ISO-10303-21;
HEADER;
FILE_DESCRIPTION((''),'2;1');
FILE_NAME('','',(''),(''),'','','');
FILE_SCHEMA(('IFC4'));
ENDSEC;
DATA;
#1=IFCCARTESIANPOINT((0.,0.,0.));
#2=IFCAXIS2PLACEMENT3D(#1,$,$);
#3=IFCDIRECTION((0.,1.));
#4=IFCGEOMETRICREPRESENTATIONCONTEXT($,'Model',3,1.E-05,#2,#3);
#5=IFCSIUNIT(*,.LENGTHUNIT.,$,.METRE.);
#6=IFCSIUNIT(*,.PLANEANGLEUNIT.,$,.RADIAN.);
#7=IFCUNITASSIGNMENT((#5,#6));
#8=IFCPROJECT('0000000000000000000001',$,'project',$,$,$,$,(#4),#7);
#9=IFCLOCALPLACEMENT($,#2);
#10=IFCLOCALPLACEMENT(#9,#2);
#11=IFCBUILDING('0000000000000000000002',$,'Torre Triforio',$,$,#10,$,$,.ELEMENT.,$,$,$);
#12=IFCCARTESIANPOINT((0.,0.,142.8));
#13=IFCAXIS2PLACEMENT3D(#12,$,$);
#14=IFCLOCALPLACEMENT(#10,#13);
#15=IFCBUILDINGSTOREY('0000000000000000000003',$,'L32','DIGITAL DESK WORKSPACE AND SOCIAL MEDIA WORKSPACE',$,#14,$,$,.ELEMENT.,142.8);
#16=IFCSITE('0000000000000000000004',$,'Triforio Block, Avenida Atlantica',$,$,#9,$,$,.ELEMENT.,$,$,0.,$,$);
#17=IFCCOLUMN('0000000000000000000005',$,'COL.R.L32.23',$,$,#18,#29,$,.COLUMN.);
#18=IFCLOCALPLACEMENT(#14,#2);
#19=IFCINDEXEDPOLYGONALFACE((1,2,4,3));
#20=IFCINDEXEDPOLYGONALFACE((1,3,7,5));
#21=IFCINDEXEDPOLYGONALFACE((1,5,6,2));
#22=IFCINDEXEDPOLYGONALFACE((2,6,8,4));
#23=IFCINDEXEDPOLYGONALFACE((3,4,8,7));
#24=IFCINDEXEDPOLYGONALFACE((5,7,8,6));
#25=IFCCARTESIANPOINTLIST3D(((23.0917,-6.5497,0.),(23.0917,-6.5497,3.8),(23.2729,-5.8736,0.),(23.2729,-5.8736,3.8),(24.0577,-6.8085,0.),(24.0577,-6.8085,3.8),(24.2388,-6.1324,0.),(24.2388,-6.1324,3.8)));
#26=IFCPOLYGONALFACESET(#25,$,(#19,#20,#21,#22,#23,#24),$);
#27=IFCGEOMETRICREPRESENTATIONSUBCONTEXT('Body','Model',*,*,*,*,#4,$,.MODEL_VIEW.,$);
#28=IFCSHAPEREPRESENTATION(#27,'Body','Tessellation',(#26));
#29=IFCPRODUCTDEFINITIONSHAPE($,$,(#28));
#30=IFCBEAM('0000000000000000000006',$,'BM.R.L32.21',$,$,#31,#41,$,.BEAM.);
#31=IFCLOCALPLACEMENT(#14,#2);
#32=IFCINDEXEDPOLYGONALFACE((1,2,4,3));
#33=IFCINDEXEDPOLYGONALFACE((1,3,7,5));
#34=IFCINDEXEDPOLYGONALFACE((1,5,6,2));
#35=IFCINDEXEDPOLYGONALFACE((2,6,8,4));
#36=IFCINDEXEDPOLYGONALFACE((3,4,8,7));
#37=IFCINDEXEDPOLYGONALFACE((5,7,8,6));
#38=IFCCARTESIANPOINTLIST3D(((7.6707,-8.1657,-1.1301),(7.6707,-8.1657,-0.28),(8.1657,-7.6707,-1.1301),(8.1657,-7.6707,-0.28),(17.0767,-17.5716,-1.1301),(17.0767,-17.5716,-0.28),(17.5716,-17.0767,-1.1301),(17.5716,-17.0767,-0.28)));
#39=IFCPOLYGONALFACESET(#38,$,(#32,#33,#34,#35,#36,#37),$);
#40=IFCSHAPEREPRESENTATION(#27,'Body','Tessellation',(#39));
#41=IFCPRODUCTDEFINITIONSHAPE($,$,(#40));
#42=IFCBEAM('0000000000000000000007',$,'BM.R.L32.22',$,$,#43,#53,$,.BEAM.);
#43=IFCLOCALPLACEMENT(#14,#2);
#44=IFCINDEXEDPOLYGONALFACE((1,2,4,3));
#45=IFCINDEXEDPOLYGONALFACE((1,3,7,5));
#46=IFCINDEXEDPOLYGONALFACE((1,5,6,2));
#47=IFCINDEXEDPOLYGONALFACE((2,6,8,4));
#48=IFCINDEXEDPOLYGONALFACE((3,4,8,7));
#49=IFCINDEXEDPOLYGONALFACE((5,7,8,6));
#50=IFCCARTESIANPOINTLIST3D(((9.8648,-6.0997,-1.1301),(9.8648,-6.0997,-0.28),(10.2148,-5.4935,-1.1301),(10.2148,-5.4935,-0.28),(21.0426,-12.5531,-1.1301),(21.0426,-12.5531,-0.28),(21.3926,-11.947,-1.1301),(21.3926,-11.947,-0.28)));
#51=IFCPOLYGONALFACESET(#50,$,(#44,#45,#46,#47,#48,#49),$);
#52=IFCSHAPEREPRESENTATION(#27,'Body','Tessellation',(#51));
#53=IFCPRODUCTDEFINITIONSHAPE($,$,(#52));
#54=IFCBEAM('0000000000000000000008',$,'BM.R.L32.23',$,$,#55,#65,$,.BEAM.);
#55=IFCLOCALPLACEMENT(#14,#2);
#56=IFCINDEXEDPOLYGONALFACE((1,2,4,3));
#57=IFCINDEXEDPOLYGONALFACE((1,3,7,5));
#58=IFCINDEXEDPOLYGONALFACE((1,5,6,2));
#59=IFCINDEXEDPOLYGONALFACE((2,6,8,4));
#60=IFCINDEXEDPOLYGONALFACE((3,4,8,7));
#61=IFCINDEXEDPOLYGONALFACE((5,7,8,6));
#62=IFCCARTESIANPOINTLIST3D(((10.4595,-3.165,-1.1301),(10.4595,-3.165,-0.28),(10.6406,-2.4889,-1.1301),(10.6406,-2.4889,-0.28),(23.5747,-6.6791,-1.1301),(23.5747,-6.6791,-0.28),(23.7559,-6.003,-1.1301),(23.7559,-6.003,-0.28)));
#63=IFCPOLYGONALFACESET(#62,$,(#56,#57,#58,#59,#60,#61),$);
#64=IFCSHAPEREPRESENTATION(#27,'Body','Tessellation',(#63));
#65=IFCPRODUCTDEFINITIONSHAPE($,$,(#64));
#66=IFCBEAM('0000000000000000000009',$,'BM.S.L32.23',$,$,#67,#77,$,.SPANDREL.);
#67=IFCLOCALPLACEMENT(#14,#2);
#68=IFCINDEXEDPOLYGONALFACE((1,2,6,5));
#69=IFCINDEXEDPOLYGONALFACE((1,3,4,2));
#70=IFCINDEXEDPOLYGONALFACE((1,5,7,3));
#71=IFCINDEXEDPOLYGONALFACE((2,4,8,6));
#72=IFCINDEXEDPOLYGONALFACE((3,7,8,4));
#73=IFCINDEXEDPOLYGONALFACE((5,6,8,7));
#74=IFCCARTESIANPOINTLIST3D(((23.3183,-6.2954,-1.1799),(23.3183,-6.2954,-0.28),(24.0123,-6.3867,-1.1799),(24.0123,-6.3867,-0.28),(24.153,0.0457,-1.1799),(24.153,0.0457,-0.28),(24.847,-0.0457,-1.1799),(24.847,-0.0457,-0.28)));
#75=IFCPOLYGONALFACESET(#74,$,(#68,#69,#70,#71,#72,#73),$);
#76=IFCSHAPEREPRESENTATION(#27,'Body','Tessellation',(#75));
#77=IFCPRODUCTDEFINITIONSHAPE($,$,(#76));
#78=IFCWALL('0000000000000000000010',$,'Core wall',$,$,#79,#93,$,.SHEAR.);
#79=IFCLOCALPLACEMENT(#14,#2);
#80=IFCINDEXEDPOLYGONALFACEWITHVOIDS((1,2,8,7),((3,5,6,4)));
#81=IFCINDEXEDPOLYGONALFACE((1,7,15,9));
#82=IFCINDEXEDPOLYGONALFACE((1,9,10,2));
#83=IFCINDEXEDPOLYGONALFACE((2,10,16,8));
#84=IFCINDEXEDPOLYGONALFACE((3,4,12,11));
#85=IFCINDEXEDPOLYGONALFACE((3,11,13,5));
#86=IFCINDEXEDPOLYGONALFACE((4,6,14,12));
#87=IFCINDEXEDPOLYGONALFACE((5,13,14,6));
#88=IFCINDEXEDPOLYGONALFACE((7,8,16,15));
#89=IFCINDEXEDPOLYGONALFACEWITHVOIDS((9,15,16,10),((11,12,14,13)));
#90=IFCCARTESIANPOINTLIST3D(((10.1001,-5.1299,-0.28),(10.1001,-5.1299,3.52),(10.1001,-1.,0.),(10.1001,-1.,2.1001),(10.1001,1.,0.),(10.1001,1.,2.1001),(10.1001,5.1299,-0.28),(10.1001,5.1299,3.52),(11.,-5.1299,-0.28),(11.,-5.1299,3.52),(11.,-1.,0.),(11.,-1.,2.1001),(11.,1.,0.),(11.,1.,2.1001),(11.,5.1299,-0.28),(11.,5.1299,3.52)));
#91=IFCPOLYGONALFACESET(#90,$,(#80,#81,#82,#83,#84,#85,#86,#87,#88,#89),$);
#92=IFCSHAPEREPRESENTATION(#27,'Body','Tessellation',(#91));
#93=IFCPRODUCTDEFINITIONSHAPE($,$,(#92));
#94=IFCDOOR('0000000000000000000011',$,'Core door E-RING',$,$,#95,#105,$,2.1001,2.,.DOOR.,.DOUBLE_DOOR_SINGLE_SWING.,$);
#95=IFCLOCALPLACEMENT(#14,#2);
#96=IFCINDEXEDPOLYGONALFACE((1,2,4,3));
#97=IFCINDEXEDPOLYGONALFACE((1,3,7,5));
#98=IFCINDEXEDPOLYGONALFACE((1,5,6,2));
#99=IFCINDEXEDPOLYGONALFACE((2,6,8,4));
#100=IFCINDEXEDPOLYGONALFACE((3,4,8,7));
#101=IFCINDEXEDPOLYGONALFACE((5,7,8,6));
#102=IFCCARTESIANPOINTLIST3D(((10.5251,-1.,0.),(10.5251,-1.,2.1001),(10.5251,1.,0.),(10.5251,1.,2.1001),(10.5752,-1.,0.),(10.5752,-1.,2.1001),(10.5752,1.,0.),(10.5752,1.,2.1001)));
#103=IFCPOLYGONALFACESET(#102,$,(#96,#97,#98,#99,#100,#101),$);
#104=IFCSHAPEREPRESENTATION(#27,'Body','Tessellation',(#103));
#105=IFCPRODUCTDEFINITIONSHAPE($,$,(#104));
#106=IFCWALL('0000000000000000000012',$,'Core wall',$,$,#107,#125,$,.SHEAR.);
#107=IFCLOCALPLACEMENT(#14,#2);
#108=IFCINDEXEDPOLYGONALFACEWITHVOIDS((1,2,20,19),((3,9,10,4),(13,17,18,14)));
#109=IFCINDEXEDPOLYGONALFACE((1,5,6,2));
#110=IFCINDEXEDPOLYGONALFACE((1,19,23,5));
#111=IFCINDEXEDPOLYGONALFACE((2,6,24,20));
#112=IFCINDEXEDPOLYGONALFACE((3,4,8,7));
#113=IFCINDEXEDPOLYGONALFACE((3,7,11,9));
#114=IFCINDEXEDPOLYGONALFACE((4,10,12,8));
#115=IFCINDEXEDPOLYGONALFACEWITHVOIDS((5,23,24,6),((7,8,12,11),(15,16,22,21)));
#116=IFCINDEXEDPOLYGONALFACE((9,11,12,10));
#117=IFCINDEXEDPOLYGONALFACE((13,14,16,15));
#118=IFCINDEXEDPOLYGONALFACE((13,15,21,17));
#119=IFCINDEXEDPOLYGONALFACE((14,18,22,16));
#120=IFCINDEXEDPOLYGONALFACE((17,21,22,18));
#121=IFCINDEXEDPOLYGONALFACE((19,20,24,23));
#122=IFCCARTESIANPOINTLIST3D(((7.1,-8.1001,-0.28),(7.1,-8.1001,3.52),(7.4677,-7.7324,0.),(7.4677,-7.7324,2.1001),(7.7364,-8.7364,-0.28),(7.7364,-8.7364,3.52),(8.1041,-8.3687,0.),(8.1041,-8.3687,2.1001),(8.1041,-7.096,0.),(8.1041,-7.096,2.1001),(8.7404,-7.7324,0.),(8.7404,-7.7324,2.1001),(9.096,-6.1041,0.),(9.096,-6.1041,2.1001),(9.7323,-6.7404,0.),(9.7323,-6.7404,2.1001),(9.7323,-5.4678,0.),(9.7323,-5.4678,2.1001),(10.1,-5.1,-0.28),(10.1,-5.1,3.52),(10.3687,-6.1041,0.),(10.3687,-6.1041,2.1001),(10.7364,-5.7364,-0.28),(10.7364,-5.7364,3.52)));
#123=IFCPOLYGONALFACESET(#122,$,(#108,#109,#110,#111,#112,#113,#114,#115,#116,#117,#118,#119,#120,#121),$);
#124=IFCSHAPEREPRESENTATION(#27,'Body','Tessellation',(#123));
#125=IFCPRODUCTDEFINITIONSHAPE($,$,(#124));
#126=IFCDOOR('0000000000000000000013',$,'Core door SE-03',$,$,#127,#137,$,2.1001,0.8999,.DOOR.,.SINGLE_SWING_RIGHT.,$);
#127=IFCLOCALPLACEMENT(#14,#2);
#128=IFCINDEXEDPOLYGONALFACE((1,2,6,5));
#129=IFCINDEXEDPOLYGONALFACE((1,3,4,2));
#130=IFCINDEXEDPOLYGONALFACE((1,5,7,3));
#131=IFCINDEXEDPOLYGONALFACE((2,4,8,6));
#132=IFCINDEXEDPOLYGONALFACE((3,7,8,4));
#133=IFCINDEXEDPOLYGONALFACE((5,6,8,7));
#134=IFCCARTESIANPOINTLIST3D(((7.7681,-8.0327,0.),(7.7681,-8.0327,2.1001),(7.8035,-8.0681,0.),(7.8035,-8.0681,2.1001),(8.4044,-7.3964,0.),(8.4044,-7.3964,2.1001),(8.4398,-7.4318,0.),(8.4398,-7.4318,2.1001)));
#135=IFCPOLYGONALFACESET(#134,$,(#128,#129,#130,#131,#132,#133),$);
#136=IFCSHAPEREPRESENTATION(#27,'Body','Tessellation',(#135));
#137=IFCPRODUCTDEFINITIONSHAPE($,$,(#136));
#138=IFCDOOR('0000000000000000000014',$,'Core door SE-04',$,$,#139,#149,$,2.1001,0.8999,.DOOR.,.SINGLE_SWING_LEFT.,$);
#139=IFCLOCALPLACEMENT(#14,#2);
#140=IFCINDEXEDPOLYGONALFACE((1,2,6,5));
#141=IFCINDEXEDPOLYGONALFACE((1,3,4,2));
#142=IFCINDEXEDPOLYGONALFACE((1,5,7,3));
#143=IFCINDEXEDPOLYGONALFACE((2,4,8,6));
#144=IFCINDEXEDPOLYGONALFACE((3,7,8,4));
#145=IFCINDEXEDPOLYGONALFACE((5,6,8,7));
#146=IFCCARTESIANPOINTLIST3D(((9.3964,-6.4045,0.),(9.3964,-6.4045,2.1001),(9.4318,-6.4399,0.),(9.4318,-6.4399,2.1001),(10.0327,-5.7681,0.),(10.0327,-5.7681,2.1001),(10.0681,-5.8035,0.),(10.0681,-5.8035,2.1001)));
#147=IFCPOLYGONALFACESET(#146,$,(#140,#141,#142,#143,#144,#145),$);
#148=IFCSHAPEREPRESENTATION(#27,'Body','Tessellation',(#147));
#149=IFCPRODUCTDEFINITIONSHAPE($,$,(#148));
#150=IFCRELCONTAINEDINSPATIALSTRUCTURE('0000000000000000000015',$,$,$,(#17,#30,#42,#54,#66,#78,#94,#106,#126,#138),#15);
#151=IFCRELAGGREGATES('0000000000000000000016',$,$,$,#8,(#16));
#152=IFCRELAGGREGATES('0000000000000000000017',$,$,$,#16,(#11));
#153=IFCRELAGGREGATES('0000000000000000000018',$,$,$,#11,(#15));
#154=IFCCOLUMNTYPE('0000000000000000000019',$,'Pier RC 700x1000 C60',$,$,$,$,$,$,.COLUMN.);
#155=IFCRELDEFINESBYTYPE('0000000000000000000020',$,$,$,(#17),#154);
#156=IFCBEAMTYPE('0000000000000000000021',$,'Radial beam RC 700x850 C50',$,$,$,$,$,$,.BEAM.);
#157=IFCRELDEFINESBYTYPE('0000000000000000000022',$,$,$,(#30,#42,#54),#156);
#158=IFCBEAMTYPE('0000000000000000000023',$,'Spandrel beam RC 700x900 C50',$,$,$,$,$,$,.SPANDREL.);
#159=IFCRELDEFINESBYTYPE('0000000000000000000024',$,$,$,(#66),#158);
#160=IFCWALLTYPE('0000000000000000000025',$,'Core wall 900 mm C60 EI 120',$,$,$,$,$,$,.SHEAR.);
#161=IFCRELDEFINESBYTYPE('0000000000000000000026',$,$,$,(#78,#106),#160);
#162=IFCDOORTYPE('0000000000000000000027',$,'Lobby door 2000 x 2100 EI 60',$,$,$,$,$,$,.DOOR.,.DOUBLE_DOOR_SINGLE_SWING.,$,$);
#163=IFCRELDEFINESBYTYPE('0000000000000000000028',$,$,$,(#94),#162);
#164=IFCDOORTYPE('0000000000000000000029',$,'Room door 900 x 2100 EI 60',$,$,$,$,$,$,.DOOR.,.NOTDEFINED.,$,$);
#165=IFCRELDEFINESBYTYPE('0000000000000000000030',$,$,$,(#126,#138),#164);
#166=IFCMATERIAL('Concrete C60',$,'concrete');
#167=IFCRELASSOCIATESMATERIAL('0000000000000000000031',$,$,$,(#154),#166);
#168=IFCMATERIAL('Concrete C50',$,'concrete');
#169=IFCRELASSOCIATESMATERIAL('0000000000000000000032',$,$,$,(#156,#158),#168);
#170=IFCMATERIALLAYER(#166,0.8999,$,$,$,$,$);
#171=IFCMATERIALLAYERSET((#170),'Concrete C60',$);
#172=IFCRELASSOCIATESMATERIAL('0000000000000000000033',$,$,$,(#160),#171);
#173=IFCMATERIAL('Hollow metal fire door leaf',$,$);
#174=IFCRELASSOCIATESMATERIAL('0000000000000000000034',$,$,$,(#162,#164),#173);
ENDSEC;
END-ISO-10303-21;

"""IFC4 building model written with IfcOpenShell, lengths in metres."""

from ifc_helpers import new_model, si_unit, direction, frame, frame_2d, origin, origin_2d, place, context, subcontext, project, spatial, rectangle, extrude, material, layer, layer_set, material_profile, profile_set, type_object, element, fill, save


model = new_model("IFC4")

# Units and contexts
model_context = context("Model", 3, precision=1e-05, world=origin(), true_north=direction((0.0, 1.0)))
body_context = subcontext(model_context, "Body", "Model", "MODEL_VIEW")
ifc_project = project(units=[si_unit("LENGTHUNIT", "METRE"), si_unit("PLANEANGLEUNIT", "RADIAN")], contexts=[model_context])

# Site, building, storey
site_placement = place(None, origin())
site = spatial("IfcSite", under=ifc_project, at=site_placement, Name="Triforio Block, Avenida Atlantica", CompositionType="ELEMENT", RefElevation=0.0)
building_placement = place(site_placement, origin())
building = spatial("IfcBuilding", under=site, at=building_placement, Name="Torre Triforio", CompositionType="ELEMENT")
storey_placement = place(building_placement, frame((0.0, 0.0, 142.8)))
storey = spatial("IfcBuildingStorey", under=building, at=storey_placement, Name="L32", Description="DIGITAL DESK WORKSPACE AND SOCIAL MEDIA WORKSPACE", CompositionType="ELEMENT", Elevation=142.8)

# Column
ifc_material_1 = material(Name="Concrete C60", Category="concrete")
ifc_material_profile_1 = material_profile(ifc_material_1, rectangle(XDim=0.7, YDim=1.0, at=origin_2d()), Name="RC 700x1000")
ifc_profile_set_1 = profile_set([ifc_material_profile_1], Name="Concrete C60")
column_type = type_object("IfcColumnType", Name="Pier RC 700x1000 C60", PredefinedType="COLUMN", material=ifc_profile_set_1)
column_placement = place(storey_placement, frame((23.6653, -6.3411, 0.0), z_axis=(0.0, 0.0, 1.0), x_axis=(0.258819, 0.965926, 0.0)))
element("IfcColumn", 1, at=column_placement, inside=storey, type_object=column_type, Name="COL.R.L32.23", PredefinedType="COLUMN", context=body_context, shape_type="SweptSolid", body=[
    extrude(rectangle(XDim=0.7, YDim=1.0, at=origin_2d()), origin(), (0.0, 0.0, 1.0), 3.8),
])

# Beams
ifc_material_2 = material(Name="Concrete C50", Category="concrete")
ifc_material_profile_2 = material_profile(ifc_material_2, rectangle(XDim=0.7, YDim=0.8501, at=origin_2d()), Name="RC 700x850")
ifc_profile_set_2 = profile_set([ifc_material_profile_2], Name="Concrete C50")
beam_type_1 = type_object("IfcBeamType", Name="Radial beam RC 700x850 C50", PredefinedType="BEAM", material=ifc_profile_set_2)
beam_1_placement = place(storey_placement, frame((7.9182, -7.9182, -0.7051), z_axis=(0.707107, -0.707107, 0.0), x_axis=(0.707107, 0.707107, 0.0)))
element("IfcBeam", 2, at=beam_1_placement, inside=storey, type_object=beam_type_1, Name="BM.R.L32.21", PredefinedType="BEAM", context=body_context, shape_type="SweptSolid", body=[
    extrude(rectangle(XDim=0.7, YDim=0.8501, at=origin_2d()), origin(), (0.0, 0.0, 1.0), 13.302),
])
beam_2_placement = place(storey_placement, frame((10.0398, -5.7966, -0.7051), z_axis=(0.866029, -0.499994, 0.0), x_axis=(0.499994, 0.866029, 0.0)))
element("IfcBeam", 3, at=beam_2_placement, inside=storey, type_object=beam_type_1, Name="BM.R.L32.22", PredefinedType="BEAM", context=body_context, shape_type="SweptSolid", body=[
    extrude(rectangle(XDim=0.7, YDim=0.8501, at=origin_2d()), origin(), (0.0, 0.0, 1.0), 12.907),
])
beam_3_placement = place(storey_placement, frame((10.55, -2.8269, -0.7051), z_axis=(0.965927, -0.258815, 0.0), x_axis=(0.258815, 0.965927, 0.0)))
element("IfcBeam", 4, at=beam_3_placement, inside=storey, type_object=beam_type_1, Name="BM.R.L32.23", PredefinedType="BEAM", context=body_context, shape_type="SweptSolid", body=[
    extrude(rectangle(XDim=0.7, YDim=0.8501, at=origin_2d()), origin(), (0.0, 0.0, 1.0), 13.5779),
])
ifc_material_profile_3 = material_profile(ifc_material_2, rectangle(XDim=0.7, YDim=0.8999, at=origin_2d()), Name="RC 700x900")
ifc_profile_set_3 = profile_set([ifc_material_profile_3], Name="Concrete C50")
beam_type_2 = type_object("IfcBeamType", Name="Spandrel beam RC 700x900 C50", PredefinedType="SPANDREL", material=ifc_profile_set_3)
beam_4_placement = place(storey_placement, frame((23.6653, -6.3411, -0.73), z_axis=(0.130511, 0.991447, 0.0), x_axis=(-0.991447, 0.130511, 0.0)))
element("IfcBeam", 5, at=beam_4_placement, inside=storey, type_object=beam_type_2, Name="BM.S.L32.23", PredefinedType="SPANDREL", context=body_context, shape_type="SweptSolid", body=[
    extrude(rectangle(XDim=0.7, YDim=0.8999, at=origin_2d()), origin(), (0.0, 0.0, 1.0), 6.3958),
])

# Wall, opening, door
ifc_layer_1 = layer(ifc_material_1, 0.8999)
ifc_layer_set_1 = layer_set([ifc_layer_1], Name="Concrete C60")
wall_type_1 = type_object("IfcWallType", Name="Core wall 900 mm C60 EI 120", PredefinedType="SHEAR", material=ifc_layer_set_1)
wall_1_placement = place(storey_placement, frame((10.55, -5.1299, -0.28), z_axis=(0.0, 0.0, 1.0), x_axis=(0.0, 1.0, 0.0)))
wall_1 = element("IfcWall", 6, at=wall_1_placement, inside=storey, type_object=wall_type_1, Name="Core wall", PredefinedType="SHEAR", context=body_context, shape_type="SweptSolid", body=[
    extrude(rectangle(XDim=10.2598, YDim=0.8999, at=frame_2d((5.1299, 0.0))), origin(), (0.0, 0.0, 1.0), 3.8),
])
opening_1_placement = place(wall_1_placement, frame((4.1299, 0.0, 0.28)))
opening_1 = element("IfcOpeningElement", 7, at=opening_1_placement, cuts=wall_1, PredefinedType="OPENING", context=body_context, shape_type="SweptSolid", body=[
    extrude(rectangle(XDim=2.0, YDim=2.1001, at=frame_2d((1.0, 1.05))), frame((0.0, 0.46, 0.0), z_axis=(0.0, -1.0, 0.0), x_axis=(1.0, 0.0, 0.0)), (0.0, 0.0, 1.0), 0.9199),
])
ifc_material_3 = material(Name="Hollow metal fire door leaf")
door_type_1 = type_object("IfcDoorType", Name="Lobby door 2000 x 2100 EI 60", OperationType="DOUBLE_DOOR_SINGLE_SWING", PredefinedType="DOOR", material=ifc_material_3)
door_1_placement = place(opening_1_placement, origin())
door_1 = element("IfcDoor", 8, at=door_1_placement, inside=storey, type_object=door_type_1, Name="Core door E-RING", OperationType="DOUBLE_DOOR_SINGLE_SWING", OverallHeight=2.1001, OverallWidth=2.0, PredefinedType="DOOR", context=body_context, shape_type="SweptSolid", body=[
    extrude(rectangle(XDim=2.0, YDim=2.1001, at=frame_2d((1.0, 1.05))), frame((0.0, 0.0249, 0.0), z_axis=(0.0, -1.0, 0.0), x_axis=(1.0, 0.0, 0.0)), (0.0, 0.0, 1.0), 0.05),
])
fill(opening_1, door_1)

# Wall, openings, doors
wall_2_placement = place(storey_placement, frame((10.4182, -5.4182, -0.28), z_axis=(0.0, 0.0, 1.0), x_axis=(-0.707107, -0.707107, 0.0)))
wall_2 = element("IfcWall", 9, at=wall_2_placement, inside=storey, type_object=wall_type_1, Name="Core wall", PredefinedType="SHEAR", context=body_context, shape_type="SweptSolid", body=[
    extrude(rectangle(XDim=4.2427, YDim=0.8999, at=frame_2d((2.1213, 0.0))), origin(), (0.0, 0.0, 1.0), 3.8),
])
opening_2_placement = place(wall_2_placement, frame((2.8228, 0.0, 0.28)))
opening_2 = element("IfcOpeningElement", 10, at=opening_2_placement, cuts=wall_2, PredefinedType="OPENING", context=body_context, shape_type="SweptSolid", body=[
    extrude(rectangle(XDim=0.8999, YDim=2.1001, at=frame_2d((0.45, 1.05))), frame((0.0, 0.46, 0.0), z_axis=(0.0, -1.0, 0.0), x_axis=(1.0, 0.0, 0.0)), (0.0, 0.0, 1.0), 0.9199),
])
opening_3_placement = place(wall_2_placement, frame((0.52, 0.0, 0.28)))
opening_3 = element("IfcOpeningElement", 11, at=opening_3_placement, cuts=wall_2, PredefinedType="OPENING", context=body_context, shape_type="SweptSolid", body=[
    extrude(rectangle(XDim=0.8999, YDim=2.1001, at=frame_2d((0.45, 1.05))), frame((0.0, 0.46, 0.0), z_axis=(0.0, -1.0, 0.0), x_axis=(1.0, 0.0, 0.0)), (0.0, 0.0, 1.0), 0.9199),
])
door_type_2 = type_object("IfcDoorType", Name="Room door 900 x 2100 EI 60", OperationType="NOTDEFINED", PredefinedType="DOOR", material=ifc_material_3)
door_2_placement = place(opening_2_placement, origin())
door_2 = element("IfcDoor", 12, at=door_2_placement, inside=storey, type_object=door_type_2, Name="Core door SE-03", OperationType="SINGLE_SWING_RIGHT", OverallHeight=2.1001, OverallWidth=0.8999, PredefinedType="DOOR", context=body_context, shape_type="SweptSolid", body=[
    extrude(rectangle(XDim=0.8999, YDim=2.1001, at=frame_2d((0.45, 1.05))), frame((0.0, 0.0249, 0.0), z_axis=(0.0, -1.0, 0.0), x_axis=(1.0, 0.0, 0.0)), (0.0, 0.0, 1.0), 0.05),
])
fill(opening_2, door_2)
door_3_placement = place(opening_3_placement, origin())
door_3 = element("IfcDoor", 13, at=door_3_placement, inside=storey, type_object=door_type_2, Name="Core door SE-04", OperationType="SINGLE_SWING_LEFT", OverallHeight=2.1001, OverallWidth=0.8999, PredefinedType="DOOR", context=body_context, shape_type="SweptSolid", body=[
    extrude(rectangle(XDim=0.8999, YDim=2.1001, at=frame_2d((0.45, 1.05))), frame((0.0, 0.0249, 0.0), z_axis=(0.0, -1.0, 0.0), x_axis=(1.0, 0.0, 0.0)), (0.0, 0.0, 1.0), 0.05),
])
fill(opening_3, door_3)

save(model, "model.ifc")
